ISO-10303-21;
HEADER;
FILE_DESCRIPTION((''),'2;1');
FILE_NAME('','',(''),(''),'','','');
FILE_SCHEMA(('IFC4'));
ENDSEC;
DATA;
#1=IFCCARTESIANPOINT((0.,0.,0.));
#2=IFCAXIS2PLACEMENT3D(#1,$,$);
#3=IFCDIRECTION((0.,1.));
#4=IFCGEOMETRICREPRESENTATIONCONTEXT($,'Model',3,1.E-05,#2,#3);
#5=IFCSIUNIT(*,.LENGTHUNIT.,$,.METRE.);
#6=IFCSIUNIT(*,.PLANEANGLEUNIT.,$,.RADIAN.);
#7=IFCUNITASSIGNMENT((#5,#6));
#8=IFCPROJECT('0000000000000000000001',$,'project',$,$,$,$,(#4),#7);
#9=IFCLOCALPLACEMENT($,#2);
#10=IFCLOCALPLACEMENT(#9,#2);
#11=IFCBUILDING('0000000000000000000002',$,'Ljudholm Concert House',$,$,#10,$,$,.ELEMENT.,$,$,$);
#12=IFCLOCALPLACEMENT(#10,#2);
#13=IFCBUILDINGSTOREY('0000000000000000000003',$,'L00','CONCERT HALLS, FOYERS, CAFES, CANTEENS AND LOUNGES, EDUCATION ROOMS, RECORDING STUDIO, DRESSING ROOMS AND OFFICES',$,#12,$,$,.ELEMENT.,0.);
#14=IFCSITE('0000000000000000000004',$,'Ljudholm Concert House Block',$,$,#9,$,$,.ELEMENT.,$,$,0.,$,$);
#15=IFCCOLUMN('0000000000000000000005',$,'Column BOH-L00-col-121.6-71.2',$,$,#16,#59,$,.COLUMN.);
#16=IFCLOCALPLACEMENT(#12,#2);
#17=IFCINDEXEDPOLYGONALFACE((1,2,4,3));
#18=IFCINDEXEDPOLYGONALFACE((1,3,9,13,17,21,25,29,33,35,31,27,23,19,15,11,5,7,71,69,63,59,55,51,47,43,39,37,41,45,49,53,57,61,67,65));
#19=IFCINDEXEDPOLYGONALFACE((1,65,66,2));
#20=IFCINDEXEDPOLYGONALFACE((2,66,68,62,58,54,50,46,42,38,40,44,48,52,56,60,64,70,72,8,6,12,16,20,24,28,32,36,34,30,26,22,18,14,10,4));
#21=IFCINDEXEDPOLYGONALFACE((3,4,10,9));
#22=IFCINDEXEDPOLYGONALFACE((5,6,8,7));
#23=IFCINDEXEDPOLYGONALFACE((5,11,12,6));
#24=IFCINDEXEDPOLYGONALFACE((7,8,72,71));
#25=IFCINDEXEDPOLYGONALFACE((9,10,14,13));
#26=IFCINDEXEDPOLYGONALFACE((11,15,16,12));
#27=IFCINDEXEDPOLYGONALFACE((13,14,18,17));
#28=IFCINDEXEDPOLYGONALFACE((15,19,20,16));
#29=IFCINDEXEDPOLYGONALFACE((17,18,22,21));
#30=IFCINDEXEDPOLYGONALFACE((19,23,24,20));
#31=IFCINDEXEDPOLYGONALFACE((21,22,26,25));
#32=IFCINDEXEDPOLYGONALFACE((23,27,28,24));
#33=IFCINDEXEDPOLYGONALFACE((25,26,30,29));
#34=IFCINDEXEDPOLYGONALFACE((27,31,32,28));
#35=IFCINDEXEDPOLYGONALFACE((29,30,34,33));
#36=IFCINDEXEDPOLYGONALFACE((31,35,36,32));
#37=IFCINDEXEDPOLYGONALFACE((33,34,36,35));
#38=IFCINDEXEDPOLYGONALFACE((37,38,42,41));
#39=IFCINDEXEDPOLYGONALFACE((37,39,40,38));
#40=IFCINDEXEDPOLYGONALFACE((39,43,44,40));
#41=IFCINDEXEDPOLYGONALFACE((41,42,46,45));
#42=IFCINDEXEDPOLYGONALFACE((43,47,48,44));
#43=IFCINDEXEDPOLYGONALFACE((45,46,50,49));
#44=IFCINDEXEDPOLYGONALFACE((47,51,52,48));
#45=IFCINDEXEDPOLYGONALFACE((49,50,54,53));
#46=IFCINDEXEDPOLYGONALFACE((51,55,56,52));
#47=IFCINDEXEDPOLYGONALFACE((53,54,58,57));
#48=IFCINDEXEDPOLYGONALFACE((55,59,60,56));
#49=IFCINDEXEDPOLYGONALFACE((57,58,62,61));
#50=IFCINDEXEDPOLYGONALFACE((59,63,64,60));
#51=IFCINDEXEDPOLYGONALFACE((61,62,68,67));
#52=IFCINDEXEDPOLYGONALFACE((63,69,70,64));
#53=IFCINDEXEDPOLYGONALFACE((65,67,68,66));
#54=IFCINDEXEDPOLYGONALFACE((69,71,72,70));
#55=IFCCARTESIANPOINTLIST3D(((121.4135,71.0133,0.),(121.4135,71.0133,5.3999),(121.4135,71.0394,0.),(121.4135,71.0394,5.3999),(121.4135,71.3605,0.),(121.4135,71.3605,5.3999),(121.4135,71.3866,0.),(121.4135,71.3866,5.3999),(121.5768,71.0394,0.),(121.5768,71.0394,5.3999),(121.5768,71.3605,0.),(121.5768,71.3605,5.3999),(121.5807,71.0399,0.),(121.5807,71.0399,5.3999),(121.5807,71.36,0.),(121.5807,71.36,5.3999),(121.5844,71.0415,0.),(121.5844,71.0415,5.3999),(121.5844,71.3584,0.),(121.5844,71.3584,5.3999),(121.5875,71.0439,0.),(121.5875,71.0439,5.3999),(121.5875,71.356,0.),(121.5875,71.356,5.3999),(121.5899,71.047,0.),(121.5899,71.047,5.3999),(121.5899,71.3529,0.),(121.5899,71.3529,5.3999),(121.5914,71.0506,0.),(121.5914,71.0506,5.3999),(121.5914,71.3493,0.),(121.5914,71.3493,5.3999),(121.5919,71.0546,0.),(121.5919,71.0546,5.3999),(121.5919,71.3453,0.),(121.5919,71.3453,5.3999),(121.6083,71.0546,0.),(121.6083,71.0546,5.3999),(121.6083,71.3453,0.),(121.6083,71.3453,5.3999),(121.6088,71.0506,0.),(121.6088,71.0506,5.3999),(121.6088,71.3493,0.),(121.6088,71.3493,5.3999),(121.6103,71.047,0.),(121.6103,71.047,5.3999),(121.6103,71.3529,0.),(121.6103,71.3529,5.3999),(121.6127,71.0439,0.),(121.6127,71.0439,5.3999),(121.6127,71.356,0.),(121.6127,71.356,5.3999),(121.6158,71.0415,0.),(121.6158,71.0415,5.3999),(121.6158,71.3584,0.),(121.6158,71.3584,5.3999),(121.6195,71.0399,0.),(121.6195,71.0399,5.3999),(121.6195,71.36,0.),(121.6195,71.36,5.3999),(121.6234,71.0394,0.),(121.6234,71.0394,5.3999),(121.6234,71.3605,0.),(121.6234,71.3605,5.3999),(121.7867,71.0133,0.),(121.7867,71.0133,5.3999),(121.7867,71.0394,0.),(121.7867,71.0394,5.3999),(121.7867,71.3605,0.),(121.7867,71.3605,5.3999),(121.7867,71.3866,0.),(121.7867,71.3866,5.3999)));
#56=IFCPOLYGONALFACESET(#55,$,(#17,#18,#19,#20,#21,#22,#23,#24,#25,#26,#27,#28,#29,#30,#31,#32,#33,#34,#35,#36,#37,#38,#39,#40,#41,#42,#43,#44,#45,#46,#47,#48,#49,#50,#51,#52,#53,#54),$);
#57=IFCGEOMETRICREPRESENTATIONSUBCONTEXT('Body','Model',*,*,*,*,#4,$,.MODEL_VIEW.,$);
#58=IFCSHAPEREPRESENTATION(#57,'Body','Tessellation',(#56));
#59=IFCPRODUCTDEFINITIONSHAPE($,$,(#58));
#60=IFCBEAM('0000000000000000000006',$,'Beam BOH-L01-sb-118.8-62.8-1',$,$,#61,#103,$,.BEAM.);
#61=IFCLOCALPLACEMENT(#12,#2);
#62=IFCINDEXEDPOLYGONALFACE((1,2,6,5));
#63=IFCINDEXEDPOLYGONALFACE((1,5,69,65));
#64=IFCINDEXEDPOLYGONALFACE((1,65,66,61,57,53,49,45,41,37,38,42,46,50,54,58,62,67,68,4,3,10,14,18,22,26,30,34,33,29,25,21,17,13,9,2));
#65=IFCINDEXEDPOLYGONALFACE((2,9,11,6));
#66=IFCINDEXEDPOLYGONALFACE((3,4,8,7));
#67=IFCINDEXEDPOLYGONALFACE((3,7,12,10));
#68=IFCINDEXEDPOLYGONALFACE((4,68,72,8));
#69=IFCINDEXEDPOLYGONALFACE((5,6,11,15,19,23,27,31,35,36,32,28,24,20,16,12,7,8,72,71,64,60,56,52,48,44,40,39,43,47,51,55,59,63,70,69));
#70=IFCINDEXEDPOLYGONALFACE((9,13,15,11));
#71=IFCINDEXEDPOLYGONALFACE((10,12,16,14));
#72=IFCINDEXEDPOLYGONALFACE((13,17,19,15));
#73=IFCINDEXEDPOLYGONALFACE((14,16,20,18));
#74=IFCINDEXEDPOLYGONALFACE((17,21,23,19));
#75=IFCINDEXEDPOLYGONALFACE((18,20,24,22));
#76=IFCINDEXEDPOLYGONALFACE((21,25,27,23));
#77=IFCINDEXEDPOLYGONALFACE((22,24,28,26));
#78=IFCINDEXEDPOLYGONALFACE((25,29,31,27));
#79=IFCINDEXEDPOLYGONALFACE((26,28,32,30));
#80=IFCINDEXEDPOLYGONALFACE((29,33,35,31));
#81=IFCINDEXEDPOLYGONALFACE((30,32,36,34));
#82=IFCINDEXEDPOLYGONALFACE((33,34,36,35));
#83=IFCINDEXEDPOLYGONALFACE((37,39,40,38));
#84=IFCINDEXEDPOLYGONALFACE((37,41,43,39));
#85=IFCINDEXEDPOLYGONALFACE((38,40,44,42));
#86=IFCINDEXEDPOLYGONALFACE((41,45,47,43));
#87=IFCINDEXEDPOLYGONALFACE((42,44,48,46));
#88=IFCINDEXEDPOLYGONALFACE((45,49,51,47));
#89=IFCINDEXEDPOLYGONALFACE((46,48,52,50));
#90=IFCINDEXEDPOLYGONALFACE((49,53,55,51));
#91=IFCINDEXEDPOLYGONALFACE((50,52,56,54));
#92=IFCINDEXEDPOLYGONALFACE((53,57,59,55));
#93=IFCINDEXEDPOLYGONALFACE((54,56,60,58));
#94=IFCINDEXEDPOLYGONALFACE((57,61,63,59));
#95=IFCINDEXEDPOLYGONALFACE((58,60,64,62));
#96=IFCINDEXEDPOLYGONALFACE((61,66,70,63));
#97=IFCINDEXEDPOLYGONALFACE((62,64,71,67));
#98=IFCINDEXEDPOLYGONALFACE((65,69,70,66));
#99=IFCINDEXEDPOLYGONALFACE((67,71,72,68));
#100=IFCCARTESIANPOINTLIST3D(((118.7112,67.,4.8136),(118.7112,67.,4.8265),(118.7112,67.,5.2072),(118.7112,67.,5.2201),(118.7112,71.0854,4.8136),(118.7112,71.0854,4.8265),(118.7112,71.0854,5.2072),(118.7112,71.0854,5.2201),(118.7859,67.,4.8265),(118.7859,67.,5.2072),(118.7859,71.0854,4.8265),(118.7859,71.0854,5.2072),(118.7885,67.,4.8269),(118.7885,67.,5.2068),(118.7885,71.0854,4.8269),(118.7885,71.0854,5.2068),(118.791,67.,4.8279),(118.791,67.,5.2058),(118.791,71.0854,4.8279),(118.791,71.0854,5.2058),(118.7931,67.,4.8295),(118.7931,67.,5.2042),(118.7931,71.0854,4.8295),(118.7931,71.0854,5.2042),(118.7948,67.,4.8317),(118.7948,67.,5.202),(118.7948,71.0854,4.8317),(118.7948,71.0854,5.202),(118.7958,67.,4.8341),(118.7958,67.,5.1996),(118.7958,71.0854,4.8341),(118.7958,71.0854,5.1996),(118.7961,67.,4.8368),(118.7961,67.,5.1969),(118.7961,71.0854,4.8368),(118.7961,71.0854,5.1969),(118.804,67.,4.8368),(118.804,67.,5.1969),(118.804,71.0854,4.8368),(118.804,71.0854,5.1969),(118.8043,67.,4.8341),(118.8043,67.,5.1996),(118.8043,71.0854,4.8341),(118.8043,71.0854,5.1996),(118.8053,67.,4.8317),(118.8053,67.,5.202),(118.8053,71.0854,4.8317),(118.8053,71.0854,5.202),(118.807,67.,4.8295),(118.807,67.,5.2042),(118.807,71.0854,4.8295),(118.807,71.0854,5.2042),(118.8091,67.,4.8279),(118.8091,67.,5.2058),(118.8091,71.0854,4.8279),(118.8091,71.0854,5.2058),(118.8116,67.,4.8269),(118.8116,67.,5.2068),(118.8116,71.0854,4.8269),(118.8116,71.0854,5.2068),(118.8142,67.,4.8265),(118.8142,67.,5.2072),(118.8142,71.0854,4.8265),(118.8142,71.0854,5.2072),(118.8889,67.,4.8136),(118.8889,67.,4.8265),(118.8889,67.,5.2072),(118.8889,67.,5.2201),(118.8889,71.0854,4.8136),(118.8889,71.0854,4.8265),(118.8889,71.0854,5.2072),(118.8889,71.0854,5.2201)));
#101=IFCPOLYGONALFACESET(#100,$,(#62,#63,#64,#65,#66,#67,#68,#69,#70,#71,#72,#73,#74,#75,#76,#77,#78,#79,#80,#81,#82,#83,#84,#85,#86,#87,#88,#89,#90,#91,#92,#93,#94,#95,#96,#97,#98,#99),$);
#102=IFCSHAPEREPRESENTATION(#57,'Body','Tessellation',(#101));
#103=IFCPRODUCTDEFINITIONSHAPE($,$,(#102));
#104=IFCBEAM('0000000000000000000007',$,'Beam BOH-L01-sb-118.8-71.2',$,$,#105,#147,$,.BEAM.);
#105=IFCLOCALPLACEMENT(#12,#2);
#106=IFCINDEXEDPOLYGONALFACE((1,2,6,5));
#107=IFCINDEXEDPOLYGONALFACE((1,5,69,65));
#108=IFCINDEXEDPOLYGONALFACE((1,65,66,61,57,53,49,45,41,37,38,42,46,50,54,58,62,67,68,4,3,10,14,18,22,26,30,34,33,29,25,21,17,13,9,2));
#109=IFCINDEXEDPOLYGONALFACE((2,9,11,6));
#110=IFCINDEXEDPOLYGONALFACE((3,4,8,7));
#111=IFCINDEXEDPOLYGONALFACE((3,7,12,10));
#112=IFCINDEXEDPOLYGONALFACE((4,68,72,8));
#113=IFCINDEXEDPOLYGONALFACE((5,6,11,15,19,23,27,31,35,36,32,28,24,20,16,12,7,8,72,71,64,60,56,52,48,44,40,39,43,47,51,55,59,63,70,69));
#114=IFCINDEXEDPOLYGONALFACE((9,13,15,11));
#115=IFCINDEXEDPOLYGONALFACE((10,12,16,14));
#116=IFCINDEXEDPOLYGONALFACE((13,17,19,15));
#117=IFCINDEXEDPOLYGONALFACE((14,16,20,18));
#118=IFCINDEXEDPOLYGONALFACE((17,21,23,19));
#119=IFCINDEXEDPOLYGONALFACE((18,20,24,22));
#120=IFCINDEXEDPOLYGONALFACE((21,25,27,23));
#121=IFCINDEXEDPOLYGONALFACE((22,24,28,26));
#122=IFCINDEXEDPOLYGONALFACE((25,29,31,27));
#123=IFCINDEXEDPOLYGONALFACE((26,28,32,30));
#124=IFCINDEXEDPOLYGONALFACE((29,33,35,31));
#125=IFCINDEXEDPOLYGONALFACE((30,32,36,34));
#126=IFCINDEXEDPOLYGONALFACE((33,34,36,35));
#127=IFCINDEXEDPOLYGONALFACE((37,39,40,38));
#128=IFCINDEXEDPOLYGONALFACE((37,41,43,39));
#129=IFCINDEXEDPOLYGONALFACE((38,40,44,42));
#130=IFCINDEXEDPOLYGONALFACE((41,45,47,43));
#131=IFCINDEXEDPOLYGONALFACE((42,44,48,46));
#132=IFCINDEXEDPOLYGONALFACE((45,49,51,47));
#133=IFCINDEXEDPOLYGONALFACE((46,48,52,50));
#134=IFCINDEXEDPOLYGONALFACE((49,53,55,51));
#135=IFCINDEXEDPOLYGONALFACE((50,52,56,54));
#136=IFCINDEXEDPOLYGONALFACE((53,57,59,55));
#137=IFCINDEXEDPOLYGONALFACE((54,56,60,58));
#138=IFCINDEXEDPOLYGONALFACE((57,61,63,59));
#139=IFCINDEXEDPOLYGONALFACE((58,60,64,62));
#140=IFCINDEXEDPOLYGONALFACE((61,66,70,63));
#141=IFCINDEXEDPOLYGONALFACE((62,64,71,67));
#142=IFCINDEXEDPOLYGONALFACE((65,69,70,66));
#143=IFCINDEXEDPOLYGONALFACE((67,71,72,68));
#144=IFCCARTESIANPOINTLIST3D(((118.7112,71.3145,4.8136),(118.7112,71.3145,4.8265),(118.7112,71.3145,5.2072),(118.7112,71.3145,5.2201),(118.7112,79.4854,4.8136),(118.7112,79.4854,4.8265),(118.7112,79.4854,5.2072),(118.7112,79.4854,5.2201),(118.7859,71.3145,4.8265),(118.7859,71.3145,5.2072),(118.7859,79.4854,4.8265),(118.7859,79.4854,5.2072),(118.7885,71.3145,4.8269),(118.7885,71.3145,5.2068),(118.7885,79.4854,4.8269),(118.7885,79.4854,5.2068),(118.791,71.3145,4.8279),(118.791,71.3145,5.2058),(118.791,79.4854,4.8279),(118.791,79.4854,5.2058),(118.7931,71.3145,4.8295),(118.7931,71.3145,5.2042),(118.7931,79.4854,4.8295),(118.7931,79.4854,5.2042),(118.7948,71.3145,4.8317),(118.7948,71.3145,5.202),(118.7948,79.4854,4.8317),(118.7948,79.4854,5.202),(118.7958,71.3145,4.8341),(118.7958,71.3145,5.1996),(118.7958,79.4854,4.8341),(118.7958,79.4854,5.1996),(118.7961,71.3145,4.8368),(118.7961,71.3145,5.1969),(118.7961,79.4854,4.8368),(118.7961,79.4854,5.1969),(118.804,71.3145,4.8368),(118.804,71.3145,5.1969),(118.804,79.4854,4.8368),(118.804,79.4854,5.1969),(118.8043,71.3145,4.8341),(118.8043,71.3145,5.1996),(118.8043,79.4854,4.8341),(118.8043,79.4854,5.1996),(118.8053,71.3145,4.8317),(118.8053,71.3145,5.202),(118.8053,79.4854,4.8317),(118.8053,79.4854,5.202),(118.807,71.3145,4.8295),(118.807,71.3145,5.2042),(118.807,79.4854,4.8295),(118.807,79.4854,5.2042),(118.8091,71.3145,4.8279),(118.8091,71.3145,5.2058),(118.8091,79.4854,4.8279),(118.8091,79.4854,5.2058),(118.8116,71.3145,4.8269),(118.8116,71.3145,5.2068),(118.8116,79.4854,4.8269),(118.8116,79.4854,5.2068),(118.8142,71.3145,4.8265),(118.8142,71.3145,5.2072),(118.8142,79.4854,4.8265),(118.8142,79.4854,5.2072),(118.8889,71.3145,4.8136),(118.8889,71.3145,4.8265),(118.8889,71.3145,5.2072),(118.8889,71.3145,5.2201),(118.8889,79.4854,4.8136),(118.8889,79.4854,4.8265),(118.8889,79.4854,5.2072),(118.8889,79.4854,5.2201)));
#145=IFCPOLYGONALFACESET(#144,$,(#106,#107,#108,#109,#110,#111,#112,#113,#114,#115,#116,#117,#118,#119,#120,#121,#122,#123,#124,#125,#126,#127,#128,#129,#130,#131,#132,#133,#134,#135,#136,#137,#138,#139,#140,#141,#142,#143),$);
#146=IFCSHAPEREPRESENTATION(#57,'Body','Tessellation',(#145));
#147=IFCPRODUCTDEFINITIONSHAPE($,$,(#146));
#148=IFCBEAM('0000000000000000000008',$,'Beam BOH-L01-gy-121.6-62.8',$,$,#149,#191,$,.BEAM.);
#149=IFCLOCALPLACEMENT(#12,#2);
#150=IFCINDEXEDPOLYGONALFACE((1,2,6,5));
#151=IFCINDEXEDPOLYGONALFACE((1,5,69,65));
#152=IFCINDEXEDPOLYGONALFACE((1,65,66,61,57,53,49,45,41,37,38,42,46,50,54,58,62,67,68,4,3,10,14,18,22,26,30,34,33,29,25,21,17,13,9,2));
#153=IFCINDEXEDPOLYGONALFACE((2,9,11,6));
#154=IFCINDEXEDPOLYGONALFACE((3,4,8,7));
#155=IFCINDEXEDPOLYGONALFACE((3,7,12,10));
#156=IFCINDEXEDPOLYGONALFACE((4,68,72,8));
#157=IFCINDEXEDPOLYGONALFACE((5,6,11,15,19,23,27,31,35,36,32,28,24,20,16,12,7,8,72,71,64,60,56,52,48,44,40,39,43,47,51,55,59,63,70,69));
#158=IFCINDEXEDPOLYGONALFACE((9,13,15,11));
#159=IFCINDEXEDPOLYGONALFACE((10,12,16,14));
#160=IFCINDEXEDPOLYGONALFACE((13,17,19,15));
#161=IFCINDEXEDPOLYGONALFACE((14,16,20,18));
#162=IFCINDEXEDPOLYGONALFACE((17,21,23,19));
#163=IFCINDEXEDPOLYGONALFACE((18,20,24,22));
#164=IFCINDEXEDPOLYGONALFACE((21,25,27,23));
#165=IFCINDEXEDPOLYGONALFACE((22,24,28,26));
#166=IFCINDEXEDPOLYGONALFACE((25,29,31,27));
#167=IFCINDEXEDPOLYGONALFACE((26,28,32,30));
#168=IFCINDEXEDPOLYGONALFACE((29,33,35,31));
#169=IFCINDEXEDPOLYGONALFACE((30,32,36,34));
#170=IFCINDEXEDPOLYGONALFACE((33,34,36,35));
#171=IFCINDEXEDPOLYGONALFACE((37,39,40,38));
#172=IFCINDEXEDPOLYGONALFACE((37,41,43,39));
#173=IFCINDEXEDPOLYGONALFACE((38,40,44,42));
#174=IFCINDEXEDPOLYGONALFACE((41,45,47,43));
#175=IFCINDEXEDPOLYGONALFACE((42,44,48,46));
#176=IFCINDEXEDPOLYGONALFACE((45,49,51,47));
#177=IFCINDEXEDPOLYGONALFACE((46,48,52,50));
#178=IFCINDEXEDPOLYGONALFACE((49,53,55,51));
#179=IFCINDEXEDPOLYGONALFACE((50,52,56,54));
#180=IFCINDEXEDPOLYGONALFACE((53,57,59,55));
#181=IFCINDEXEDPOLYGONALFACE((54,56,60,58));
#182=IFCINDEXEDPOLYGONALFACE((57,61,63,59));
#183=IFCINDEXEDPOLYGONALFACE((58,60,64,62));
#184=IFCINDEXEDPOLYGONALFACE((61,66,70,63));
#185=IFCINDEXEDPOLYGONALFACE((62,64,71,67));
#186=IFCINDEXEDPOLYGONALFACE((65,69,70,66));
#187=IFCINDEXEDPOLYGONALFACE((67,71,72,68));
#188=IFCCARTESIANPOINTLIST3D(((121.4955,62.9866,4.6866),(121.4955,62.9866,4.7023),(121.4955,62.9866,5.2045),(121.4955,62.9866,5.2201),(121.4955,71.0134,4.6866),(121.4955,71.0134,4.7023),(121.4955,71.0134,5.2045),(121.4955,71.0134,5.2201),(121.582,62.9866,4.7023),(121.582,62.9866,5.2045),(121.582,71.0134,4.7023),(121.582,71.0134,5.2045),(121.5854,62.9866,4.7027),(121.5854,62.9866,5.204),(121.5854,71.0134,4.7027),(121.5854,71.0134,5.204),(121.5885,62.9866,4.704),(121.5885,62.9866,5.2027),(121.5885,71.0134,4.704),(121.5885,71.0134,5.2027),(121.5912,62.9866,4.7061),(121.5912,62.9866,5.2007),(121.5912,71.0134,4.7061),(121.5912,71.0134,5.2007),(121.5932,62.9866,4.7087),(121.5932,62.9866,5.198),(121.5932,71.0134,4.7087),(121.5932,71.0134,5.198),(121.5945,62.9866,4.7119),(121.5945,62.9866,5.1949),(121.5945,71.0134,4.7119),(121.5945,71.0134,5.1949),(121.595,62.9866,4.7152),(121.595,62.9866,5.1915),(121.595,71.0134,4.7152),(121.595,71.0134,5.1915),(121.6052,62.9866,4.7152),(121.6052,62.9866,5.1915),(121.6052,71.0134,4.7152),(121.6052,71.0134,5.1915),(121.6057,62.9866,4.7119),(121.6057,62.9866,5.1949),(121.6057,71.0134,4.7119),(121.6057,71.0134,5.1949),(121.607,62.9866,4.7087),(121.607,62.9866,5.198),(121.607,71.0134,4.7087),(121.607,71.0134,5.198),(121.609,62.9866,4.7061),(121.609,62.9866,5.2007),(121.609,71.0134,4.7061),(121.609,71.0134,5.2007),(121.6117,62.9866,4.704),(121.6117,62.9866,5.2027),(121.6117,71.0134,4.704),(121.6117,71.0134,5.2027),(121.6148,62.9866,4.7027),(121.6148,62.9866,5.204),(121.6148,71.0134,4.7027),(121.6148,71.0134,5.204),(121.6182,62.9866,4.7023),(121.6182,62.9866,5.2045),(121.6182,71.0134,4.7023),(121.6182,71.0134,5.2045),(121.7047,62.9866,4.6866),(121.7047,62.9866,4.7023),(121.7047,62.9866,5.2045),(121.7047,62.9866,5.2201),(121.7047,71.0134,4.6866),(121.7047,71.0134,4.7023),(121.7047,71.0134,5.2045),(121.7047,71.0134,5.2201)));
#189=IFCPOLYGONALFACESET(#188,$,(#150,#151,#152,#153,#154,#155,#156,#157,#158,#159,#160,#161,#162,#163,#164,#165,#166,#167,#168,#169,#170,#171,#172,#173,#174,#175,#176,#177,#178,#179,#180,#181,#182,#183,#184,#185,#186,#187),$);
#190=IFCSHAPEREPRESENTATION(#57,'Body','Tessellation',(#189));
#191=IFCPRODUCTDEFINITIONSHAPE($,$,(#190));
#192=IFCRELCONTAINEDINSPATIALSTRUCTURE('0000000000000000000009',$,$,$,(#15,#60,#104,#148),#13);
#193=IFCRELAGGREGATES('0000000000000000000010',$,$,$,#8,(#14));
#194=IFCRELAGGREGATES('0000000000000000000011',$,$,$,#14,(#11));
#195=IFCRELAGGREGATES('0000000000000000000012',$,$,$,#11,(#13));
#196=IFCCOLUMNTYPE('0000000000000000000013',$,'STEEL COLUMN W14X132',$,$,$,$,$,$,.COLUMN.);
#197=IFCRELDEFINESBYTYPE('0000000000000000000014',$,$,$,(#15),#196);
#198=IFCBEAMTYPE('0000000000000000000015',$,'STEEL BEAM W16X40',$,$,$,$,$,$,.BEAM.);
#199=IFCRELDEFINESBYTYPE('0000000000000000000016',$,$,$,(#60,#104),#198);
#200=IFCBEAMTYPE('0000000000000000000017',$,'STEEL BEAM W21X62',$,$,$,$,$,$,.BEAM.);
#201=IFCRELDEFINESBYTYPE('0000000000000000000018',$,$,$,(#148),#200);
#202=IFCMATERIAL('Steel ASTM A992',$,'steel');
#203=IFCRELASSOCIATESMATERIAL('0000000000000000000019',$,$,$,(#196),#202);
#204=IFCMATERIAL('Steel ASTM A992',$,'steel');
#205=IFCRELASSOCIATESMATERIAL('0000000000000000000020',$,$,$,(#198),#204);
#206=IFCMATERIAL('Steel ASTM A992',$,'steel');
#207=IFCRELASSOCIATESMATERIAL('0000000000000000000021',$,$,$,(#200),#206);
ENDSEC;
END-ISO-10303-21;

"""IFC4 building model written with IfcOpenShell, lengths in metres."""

from ifc_helpers import new_model, si_unit, direction, frame, origin, origin_2d, place, context, subcontext, project, spatial, i_section, extrude, material, material_profile, profile_set, type_object, element, save


model = new_model("IFC4")

# Units and contexts
model_context = context("Model", 3, precision=1e-05, world=origin(), true_north=direction((0.0, 1.0)))
body_context = subcontext(model_context, "Body", "Model", "MODEL_VIEW")
ifc_project = project(units=[si_unit("LENGTHUNIT", "METRE"), si_unit("PLANEANGLEUNIT", "RADIAN")], contexts=[model_context])

# Site, building, storey
site_placement = place(None, origin())
site = spatial("IfcSite", under=ifc_project, at=site_placement, Name="Ljudholm Concert House Block", CompositionType="ELEMENT", RefElevation=0.0)
building_placement = place(site_placement, origin())
building = spatial("IfcBuilding", under=site, at=building_placement, Name="Ljudholm Concert House", CompositionType="ELEMENT")
storey_placement = place(building_placement, origin())
storey = spatial("IfcBuildingStorey", under=building, at=storey_placement, Name="L00", Description="CONCERT HALLS, FOYERS, CAFES, CANTEENS AND LOUNGES, EDUCATION ROOMS, RECORDING STUDIO, DRESSING ROOMS AND OFFICES", CompositionType="ELEMENT", Elevation=0.0)

# Column
ifc_material_1 = material(Name="Steel ASTM A992", Category="steel")
ifc_material_profile_1 = material_profile(ifc_material_1, i_section(OverallWidth=0.3733, OverallDepth=0.3733, WebThickness=0.0164, FlangeThickness=0.0261, FilletRadius=0.0151, at=origin_2d()), Name="W14X132")
ifc_profile_set_1 = profile_set([ifc_material_profile_1], Name="Steel ASTM A992")
column_type = type_object("IfcColumnType", Name="STEEL COLUMN W14X132", PredefinedType="COLUMN", material=ifc_profile_set_1)
for number, where, z_axis, x_axis, name in (
    (1, (121.6001, 71.2, 0.0), (0.0, 0.0, 1.0), (1.0, 0.0, 0.0), "Column BOH-L00-col-121.6-71.2"),
):
    element("IfcColumn", number, at=place(storey_placement, frame(where, z_axis=z_axis, x_axis=x_axis)), inside=storey, type_object=column_type, Name=name, PredefinedType="COLUMN", context=body_context, shape_type="SweptSolid", body=[
        extrude(i_section(OverallWidth=0.3733, OverallDepth=0.3733, WebThickness=0.0164, FlangeThickness=0.0261, FilletRadius=0.0151, at=origin_2d()), origin(), (0.0, 0.0, 1.0), 5.3999),
    ])

# Beams
ifc_material_2 = material(Name="Steel ASTM A992", Category="steel")
ifc_material_profile_2 = material_profile(ifc_material_2, i_section(OverallWidth=0.1777, OverallDepth=0.4065, WebThickness=0.0078, FlangeThickness=0.0129, FilletRadius=0.0103, at=origin_2d()), Name="W16X40")
ifc_profile_set_2 = profile_set([ifc_material_profile_2], Name="Steel ASTM A992")
beam_type_1 = type_object("IfcBeamType", Name="STEEL BEAM W16X40", PredefinedType="BEAM", material=ifc_profile_set_2)
beam_1_placement = place(storey_placement, frame((118.8, 67.0, 5.0168), z_axis=(0.0, 1.0, 0.0), x_axis=(-1.0, 0.0, 0.0)))
element("IfcBeam", 2, at=beam_1_placement, inside=storey, type_object=beam_type_1, Name="Beam BOH-L01-sb-118.8-62.8-1", PredefinedType="BEAM", context=body_context, shape_type="SweptSolid", body=[
    extrude(i_section(OverallWidth=0.1777, OverallDepth=0.4065, WebThickness=0.0078, FlangeThickness=0.0129, FilletRadius=0.0103, at=origin_2d()), origin(), (0.0, 0.0, 1.0), 4.0854),
])
beam_2_placement = place(storey_placement, frame((118.8, 71.3145, 5.0168), z_axis=(0.0, 1.0, 0.0), x_axis=(-1.0, 0.0, 0.0)))
element("IfcBeam", 3, at=beam_2_placement, inside=storey, type_object=beam_type_1, Name="Beam BOH-L01-sb-118.8-71.2", PredefinedType="BEAM", context=body_context, shape_type="SweptSolid", body=[
    extrude(i_section(OverallWidth=0.1777, OverallDepth=0.4065, WebThickness=0.0078, FlangeThickness=0.0129, FilletRadius=0.0103, at=origin_2d()), origin(), (0.0, 0.0, 1.0), 8.1709),
])
ifc_material_3 = material(Name="Steel ASTM A992", Category="steel")
ifc_material_profile_3 = material_profile(ifc_material_3, i_section(OverallWidth=0.2092, OverallDepth=0.5334, WebThickness=0.0103, FlangeThickness=0.0156, FilletRadius=0.0129, at=origin_2d()), Name="W21X62")
ifc_profile_set_3 = profile_set([ifc_material_profile_3], Name="Steel ASTM A992")
beam_type_2 = type_object("IfcBeamType", Name="STEEL BEAM W21X62", PredefinedType="BEAM", material=ifc_profile_set_3)
beam_3_placement = place(storey_placement, frame((121.6001, 62.9866, 4.9534), z_axis=(0.0, 1.0, 0.0), x_axis=(-1.0, 0.0, 0.0)))
element("IfcBeam", 4, at=beam_3_placement, inside=storey, type_object=beam_type_2, Name="Beam BOH-L01-gy-121.6-62.8", PredefinedType="BEAM", context=body_context, shape_type="SweptSolid", body=[
    extrude(i_section(OverallWidth=0.2092, OverallDepth=0.5334, WebThickness=0.0103, FlangeThickness=0.0156, FilletRadius=0.0129, at=origin_2d()), origin(), (0.0, 0.0, 1.0), 8.0269),
])

save(model, "model.ifc")
